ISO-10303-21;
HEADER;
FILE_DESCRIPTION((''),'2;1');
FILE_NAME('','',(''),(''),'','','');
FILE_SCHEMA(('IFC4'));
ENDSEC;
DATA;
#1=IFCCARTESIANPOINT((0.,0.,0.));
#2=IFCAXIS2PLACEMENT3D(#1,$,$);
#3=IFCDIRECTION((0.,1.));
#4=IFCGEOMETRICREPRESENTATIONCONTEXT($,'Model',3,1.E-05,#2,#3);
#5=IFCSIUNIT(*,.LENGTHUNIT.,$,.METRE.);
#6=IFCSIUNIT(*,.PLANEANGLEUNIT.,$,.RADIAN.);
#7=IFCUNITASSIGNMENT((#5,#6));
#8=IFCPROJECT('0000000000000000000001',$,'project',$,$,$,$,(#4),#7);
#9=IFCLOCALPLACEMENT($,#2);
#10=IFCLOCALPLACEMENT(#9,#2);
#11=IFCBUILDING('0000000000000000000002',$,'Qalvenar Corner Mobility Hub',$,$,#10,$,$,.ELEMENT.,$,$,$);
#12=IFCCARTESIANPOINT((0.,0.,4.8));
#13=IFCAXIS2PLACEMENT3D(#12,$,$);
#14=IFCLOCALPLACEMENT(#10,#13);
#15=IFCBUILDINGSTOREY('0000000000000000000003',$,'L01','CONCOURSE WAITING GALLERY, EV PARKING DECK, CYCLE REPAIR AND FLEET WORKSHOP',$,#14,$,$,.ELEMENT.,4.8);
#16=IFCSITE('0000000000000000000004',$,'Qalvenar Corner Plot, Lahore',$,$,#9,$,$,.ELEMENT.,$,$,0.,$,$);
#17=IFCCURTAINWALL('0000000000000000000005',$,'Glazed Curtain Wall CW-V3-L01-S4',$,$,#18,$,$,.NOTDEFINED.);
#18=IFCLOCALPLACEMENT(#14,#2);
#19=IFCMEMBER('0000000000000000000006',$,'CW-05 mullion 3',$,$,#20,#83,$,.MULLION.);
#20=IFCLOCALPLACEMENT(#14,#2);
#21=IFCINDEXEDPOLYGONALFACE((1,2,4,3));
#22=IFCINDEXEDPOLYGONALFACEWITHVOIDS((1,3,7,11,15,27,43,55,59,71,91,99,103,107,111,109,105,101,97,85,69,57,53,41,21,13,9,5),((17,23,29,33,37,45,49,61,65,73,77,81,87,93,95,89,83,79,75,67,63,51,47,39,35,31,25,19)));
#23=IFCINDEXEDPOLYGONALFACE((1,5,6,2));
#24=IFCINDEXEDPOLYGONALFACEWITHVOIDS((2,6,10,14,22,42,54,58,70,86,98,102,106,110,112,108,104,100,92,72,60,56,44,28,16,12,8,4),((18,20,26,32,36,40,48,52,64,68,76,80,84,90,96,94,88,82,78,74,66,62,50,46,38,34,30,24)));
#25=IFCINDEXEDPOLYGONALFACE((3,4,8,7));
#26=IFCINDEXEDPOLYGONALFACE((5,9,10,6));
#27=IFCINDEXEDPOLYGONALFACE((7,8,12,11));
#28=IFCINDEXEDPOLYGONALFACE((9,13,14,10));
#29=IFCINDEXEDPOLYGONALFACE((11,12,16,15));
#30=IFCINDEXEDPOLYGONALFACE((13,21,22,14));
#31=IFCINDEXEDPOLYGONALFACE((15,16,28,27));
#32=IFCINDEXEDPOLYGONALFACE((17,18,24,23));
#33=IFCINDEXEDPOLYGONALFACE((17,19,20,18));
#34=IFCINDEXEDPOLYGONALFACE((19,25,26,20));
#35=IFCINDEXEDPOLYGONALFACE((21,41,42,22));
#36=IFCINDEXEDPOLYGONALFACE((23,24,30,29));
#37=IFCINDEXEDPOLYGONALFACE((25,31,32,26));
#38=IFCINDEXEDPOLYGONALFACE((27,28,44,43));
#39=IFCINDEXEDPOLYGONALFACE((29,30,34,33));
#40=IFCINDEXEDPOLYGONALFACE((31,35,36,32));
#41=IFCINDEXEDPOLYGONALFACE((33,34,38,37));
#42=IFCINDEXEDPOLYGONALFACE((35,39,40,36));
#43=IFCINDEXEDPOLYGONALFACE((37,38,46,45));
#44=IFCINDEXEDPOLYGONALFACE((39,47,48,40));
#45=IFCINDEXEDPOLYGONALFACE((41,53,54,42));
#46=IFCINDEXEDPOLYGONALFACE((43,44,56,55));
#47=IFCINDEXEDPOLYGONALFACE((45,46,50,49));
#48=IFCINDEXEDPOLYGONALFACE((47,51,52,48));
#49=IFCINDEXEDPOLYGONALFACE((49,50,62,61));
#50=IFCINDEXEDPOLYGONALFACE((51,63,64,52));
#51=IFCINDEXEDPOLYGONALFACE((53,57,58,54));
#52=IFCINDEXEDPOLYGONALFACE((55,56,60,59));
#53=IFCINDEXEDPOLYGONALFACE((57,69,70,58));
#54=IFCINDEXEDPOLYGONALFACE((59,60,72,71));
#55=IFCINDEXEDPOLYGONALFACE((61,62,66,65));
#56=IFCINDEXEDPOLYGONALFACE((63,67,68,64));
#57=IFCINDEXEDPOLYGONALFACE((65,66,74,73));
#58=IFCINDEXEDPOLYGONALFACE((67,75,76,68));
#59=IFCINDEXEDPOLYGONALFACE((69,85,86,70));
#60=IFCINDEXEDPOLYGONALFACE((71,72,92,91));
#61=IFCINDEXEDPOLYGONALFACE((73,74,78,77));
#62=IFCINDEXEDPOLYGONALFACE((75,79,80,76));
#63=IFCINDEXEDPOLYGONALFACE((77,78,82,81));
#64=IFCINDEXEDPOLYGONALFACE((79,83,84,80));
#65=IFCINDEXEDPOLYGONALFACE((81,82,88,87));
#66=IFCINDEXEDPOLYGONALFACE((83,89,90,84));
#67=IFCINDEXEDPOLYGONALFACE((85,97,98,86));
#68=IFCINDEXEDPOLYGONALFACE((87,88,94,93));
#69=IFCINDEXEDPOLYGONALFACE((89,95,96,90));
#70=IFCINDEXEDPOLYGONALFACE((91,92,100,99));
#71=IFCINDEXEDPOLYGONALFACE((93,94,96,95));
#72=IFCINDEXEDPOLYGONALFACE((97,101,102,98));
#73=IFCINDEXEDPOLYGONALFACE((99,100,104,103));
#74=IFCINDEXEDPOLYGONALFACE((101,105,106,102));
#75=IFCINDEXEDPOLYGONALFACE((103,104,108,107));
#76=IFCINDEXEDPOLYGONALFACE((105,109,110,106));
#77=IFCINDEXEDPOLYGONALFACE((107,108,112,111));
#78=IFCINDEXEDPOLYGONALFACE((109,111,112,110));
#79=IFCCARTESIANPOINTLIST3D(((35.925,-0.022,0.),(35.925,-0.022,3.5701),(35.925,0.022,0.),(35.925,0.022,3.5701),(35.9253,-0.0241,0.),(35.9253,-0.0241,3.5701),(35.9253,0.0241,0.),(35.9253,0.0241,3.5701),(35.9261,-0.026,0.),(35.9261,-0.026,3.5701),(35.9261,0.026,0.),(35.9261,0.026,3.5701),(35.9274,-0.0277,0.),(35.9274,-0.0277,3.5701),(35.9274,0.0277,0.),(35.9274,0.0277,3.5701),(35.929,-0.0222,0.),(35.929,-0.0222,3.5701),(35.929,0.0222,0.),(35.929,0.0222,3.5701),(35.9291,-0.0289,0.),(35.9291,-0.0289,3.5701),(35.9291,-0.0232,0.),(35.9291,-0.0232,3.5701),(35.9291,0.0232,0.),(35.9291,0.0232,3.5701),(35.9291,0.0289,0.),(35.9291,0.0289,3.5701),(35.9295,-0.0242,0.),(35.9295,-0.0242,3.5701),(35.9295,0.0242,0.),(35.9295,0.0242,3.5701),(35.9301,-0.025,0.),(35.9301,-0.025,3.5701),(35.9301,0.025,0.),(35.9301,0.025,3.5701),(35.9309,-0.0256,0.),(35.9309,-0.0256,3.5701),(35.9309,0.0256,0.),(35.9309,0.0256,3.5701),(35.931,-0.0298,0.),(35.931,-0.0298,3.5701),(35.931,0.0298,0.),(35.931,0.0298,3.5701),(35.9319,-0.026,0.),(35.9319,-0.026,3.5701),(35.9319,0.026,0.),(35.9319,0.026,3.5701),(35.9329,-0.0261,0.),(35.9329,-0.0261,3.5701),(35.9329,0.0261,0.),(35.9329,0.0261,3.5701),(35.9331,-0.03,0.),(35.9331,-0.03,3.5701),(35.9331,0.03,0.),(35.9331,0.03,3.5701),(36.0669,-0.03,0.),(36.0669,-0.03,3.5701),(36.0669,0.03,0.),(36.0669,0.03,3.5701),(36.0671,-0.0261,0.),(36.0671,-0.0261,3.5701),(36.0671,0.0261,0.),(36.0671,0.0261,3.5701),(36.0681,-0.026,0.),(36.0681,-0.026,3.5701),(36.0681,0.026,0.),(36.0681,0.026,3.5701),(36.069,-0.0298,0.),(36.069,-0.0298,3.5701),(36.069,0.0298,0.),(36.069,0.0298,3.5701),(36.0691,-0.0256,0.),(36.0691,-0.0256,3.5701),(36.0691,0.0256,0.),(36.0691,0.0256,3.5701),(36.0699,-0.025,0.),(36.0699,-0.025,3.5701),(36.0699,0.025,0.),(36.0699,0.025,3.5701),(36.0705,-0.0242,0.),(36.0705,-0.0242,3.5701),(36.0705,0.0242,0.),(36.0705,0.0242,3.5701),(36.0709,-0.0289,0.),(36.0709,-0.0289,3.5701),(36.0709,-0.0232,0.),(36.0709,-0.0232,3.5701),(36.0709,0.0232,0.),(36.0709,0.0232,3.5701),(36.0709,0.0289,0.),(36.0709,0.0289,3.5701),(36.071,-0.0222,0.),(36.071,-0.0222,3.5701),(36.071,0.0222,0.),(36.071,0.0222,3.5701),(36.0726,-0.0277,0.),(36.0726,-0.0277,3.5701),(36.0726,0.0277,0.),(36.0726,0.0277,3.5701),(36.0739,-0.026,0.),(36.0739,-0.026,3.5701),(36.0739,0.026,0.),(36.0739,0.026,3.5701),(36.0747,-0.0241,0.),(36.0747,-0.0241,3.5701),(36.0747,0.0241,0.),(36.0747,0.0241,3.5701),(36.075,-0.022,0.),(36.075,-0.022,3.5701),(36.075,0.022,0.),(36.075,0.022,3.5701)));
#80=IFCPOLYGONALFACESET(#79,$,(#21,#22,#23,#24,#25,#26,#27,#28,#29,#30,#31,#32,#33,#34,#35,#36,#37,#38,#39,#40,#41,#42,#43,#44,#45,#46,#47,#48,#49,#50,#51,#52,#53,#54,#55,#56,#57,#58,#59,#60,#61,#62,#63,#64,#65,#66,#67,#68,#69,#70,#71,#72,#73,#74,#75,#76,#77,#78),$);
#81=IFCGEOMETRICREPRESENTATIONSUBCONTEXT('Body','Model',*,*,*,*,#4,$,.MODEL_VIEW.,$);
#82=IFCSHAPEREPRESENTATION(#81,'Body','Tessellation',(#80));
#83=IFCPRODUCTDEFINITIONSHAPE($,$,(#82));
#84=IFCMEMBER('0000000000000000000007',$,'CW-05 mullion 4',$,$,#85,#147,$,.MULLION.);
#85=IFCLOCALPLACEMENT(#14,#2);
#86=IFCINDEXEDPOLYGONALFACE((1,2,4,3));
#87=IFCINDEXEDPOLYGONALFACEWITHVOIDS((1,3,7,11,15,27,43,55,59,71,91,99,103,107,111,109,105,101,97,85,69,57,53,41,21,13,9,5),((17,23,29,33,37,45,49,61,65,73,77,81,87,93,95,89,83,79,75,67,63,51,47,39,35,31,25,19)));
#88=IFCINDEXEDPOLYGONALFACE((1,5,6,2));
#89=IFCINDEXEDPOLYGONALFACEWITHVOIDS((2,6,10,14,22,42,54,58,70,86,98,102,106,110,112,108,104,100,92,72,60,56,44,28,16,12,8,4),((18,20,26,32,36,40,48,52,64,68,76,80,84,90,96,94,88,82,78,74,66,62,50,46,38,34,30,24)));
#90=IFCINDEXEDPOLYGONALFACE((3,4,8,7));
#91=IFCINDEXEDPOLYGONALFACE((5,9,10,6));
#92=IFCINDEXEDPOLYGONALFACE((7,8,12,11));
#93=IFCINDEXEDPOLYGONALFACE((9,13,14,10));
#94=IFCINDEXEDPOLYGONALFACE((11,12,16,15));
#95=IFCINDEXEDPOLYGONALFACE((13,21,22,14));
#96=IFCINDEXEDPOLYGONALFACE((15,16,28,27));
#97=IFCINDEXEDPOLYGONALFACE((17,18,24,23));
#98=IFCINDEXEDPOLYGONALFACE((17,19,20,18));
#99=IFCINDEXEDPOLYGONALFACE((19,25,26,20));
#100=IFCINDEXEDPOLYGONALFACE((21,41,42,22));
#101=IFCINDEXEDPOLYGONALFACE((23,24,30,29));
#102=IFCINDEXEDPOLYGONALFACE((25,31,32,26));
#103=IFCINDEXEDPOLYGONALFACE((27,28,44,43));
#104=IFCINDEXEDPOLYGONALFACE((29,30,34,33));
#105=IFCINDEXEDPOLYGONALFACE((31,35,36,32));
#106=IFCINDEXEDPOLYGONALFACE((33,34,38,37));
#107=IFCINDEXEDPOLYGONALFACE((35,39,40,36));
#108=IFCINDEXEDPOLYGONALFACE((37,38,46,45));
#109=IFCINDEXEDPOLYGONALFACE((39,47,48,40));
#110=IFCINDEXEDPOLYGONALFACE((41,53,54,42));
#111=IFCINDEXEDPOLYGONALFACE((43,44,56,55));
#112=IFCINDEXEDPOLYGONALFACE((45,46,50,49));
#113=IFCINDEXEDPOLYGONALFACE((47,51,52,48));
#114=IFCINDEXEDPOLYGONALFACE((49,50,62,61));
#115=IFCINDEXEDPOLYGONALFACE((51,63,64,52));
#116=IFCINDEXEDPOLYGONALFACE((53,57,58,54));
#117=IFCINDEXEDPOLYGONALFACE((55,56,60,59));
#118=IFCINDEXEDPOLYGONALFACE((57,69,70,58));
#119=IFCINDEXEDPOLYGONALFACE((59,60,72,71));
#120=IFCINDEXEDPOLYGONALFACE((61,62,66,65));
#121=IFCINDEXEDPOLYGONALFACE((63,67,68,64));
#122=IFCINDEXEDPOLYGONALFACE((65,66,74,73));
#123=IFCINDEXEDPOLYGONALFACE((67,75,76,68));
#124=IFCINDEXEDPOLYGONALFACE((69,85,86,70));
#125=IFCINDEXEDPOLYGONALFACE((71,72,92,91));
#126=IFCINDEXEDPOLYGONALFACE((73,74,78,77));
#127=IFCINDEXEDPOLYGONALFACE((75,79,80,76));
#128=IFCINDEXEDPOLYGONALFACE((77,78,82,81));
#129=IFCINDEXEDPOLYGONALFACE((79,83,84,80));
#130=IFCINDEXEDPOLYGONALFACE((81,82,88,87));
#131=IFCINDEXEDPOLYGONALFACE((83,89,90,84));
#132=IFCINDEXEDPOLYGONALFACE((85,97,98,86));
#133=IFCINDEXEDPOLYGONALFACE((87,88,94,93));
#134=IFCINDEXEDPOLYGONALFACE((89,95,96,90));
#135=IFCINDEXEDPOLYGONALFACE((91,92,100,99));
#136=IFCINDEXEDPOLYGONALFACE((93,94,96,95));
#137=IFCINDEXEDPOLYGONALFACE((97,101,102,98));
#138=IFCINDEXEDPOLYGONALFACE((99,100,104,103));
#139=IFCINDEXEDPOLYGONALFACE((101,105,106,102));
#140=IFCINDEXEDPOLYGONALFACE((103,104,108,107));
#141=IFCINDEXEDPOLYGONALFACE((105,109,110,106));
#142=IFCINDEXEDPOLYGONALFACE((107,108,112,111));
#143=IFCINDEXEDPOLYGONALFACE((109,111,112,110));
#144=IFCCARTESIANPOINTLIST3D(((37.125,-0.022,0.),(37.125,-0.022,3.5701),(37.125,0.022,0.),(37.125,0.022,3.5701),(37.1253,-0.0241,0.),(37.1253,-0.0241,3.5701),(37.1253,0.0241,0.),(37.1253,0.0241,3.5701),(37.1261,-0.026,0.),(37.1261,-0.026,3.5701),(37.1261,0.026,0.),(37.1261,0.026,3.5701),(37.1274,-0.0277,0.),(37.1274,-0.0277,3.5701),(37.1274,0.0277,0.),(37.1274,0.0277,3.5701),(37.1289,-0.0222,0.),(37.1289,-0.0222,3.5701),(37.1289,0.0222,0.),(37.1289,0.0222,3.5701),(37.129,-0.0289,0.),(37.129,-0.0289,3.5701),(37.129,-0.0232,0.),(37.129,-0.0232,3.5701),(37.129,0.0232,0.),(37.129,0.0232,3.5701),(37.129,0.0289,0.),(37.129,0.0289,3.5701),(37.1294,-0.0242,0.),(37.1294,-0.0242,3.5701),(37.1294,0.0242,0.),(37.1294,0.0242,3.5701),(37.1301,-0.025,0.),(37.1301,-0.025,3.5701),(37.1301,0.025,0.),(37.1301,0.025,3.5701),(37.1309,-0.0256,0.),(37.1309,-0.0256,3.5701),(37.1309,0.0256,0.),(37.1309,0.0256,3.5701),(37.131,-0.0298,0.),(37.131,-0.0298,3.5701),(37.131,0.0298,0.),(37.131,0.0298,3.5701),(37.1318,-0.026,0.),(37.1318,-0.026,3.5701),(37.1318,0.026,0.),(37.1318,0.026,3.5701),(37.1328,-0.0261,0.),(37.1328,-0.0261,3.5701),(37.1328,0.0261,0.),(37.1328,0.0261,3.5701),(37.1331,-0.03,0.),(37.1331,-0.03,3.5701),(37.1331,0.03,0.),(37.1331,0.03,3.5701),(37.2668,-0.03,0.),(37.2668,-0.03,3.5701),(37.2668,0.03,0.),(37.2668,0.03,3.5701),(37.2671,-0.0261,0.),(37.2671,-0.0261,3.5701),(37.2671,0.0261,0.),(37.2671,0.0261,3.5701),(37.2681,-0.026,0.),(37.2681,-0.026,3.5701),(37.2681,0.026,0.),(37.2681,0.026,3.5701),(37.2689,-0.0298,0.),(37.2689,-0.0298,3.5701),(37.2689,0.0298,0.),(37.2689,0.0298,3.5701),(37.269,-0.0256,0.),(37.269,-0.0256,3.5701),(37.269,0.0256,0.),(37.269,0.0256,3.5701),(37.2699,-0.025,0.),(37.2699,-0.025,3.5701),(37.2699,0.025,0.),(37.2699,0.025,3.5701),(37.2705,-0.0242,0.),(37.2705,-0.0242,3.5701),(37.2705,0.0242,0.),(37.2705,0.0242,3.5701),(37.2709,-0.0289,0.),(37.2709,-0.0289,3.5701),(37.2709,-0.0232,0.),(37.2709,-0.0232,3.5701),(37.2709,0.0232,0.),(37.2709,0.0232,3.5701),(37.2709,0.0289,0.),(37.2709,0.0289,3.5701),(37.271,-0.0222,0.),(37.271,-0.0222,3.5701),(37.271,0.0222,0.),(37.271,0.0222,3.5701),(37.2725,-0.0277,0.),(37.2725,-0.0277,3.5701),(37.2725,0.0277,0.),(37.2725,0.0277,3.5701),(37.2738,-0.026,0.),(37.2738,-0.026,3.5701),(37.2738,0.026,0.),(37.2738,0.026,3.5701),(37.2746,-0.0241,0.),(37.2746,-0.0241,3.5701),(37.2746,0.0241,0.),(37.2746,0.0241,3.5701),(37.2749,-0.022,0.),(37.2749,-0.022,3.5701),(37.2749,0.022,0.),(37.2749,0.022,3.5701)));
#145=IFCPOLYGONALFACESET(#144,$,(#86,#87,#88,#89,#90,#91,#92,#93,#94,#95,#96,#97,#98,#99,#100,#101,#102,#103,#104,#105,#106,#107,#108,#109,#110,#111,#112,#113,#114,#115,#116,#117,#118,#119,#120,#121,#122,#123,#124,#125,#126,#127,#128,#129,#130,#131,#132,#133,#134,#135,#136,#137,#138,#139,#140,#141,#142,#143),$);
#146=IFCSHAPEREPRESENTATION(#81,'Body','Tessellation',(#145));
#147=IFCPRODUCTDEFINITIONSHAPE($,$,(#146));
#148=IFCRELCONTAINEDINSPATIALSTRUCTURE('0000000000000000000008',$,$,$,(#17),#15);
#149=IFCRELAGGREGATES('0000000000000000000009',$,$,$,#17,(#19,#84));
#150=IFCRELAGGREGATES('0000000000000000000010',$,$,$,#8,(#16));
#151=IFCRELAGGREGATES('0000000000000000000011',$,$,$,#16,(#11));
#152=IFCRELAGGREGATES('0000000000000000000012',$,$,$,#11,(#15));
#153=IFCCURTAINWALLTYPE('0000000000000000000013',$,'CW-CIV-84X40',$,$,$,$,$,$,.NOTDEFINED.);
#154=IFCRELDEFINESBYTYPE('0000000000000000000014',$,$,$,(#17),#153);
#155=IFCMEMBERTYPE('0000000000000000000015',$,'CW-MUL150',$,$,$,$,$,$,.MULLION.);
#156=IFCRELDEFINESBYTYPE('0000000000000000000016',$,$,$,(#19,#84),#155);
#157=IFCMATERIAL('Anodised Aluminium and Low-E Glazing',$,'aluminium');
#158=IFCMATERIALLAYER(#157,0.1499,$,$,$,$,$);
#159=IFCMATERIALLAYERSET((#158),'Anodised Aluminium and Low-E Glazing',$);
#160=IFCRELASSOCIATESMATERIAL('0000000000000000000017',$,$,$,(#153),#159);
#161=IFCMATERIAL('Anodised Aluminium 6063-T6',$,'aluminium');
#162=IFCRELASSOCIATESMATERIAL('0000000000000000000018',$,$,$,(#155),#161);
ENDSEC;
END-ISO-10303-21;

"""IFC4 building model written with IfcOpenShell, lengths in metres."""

from ifc_helpers import new_model, si_unit, direction, frame, origin, origin_2d, place, context, subcontext, project, spatial, hollow_rectangle, extrude, material, layer, layer_set, material_profile, profile_set, type_object, element, aggregate, save


model = new_model("IFC4")

# Units and contexts
model_context = context("Model", 3, precision=1e-05, world=origin(), true_north=direction((0.0, 1.0)))
body_context = subcontext(model_context, "Body", "Model", "MODEL_VIEW")
ifc_project = project(units=[si_unit("LENGTHUNIT", "METRE"), si_unit("PLANEANGLEUNIT", "RADIAN")], contexts=[model_context])

# Site, building, storey
site_placement = place(None, origin())
site = spatial("IfcSite", under=ifc_project, at=site_placement, Name="Qalvenar Corner Plot, Lahore", CompositionType="ELEMENT", RefElevation=0.0)
building_placement = place(site_placement, origin())
building = spatial("IfcBuilding", under=site, at=building_placement, Name="Qalvenar Corner Mobility Hub", CompositionType="ELEMENT")
storey_placement = place(building_placement, frame((0.0, 0.0, 4.8)))
storey = spatial("IfcBuildingStorey", under=building, at=storey_placement, Name="L01", Description="CONCOURSE WAITING GALLERY, EV PARKING DECK, CYCLE REPAIR AND FLEET WORKSHOP", CompositionType="ELEMENT", Elevation=4.8)

# Curtain wall, members
ifc_material_1 = material(Name="Anodised Aluminium and Low-E Glazing", Category="aluminium")
ifc_layer_1 = layer(ifc_material_1, 0.1499)
ifc_layer_set_1 = layer_set([ifc_layer_1], Name="Anodised Aluminium and Low-E Glazing")
curtain_wall_type = type_object("IfcCurtainWallType", Name="CW-CIV-84X40", PredefinedType="NOTDEFINED", material=ifc_layer_set_1)
curtain_wall_placement = place(storey_placement, origin())
curtain_wall = element("IfcCurtainWall", 1, at=curtain_wall_placement, inside=storey, type_object=curtain_wall_type, Name="Glazed Curtain Wall CW-V3-L01-S4", PredefinedType="NOTDEFINED")
ifc_material_2 = material(Name="Anodised Aluminium 6063-T6", Category="aluminium")
ifc_material_profile_1 = material_profile(ifc_material_2, hollow_rectangle(XDim=0.0601, YDim=0.1499, WallThickness=0.0039, InnerFilletRadius=0.0039, OuterFilletRadius=0.0081, at=origin_2d()), Name="RHS150x60x4")
ifc_profile_set_1 = profile_set([ifc_material_profile_1], Name="Anodised Aluminium 6063-T6")
member_type_1 = type_object("IfcMemberType", Name="CW-MUL150", PredefinedType="MULLION", material=ifc_profile_set_1)
member_1_placement = place(storey_placement, frame((36.0, 0.0, 0.0), z_axis=(0.0, 0.0, 1.0), x_axis=(0.0, 1.0, 0.0)))
member_1 = element("IfcMember", 2, at=member_1_placement, type_object=member_type_1, Name="CW-05 mullion 3", PredefinedType="MULLION", context=body_context, shape_type="SweptSolid", body=[
    extrude(hollow_rectangle(XDim=0.0601, YDim=0.1499, WallThickness=0.0039, InnerFilletRadius=0.0039, OuterFilletRadius=0.0081, at=origin_2d()), origin(), (0.0, 0.0, 1.0), 3.5701),
])
member_2_placement = place(storey_placement, frame((37.2, 0.0, 0.0), z_axis=(0.0, 0.0, 1.0), x_axis=(0.0, 1.0, 0.0)))
member_2 = element("IfcMember", 3, at=member_2_placement, type_object=member_type_1, Name="CW-05 mullion 4", PredefinedType="MULLION", context=body_context, shape_type="SweptSolid", body=[
    extrude(hollow_rectangle(XDim=0.0601, YDim=0.1499, WallThickness=0.0039, InnerFilletRadius=0.0039, OuterFilletRadius=0.0081, at=origin_2d()), origin(), (0.0, 0.0, 1.0), 3.5701),
])
aggregate(curtain_wall, [member_1, member_2])

save(model, "model.ifc")
